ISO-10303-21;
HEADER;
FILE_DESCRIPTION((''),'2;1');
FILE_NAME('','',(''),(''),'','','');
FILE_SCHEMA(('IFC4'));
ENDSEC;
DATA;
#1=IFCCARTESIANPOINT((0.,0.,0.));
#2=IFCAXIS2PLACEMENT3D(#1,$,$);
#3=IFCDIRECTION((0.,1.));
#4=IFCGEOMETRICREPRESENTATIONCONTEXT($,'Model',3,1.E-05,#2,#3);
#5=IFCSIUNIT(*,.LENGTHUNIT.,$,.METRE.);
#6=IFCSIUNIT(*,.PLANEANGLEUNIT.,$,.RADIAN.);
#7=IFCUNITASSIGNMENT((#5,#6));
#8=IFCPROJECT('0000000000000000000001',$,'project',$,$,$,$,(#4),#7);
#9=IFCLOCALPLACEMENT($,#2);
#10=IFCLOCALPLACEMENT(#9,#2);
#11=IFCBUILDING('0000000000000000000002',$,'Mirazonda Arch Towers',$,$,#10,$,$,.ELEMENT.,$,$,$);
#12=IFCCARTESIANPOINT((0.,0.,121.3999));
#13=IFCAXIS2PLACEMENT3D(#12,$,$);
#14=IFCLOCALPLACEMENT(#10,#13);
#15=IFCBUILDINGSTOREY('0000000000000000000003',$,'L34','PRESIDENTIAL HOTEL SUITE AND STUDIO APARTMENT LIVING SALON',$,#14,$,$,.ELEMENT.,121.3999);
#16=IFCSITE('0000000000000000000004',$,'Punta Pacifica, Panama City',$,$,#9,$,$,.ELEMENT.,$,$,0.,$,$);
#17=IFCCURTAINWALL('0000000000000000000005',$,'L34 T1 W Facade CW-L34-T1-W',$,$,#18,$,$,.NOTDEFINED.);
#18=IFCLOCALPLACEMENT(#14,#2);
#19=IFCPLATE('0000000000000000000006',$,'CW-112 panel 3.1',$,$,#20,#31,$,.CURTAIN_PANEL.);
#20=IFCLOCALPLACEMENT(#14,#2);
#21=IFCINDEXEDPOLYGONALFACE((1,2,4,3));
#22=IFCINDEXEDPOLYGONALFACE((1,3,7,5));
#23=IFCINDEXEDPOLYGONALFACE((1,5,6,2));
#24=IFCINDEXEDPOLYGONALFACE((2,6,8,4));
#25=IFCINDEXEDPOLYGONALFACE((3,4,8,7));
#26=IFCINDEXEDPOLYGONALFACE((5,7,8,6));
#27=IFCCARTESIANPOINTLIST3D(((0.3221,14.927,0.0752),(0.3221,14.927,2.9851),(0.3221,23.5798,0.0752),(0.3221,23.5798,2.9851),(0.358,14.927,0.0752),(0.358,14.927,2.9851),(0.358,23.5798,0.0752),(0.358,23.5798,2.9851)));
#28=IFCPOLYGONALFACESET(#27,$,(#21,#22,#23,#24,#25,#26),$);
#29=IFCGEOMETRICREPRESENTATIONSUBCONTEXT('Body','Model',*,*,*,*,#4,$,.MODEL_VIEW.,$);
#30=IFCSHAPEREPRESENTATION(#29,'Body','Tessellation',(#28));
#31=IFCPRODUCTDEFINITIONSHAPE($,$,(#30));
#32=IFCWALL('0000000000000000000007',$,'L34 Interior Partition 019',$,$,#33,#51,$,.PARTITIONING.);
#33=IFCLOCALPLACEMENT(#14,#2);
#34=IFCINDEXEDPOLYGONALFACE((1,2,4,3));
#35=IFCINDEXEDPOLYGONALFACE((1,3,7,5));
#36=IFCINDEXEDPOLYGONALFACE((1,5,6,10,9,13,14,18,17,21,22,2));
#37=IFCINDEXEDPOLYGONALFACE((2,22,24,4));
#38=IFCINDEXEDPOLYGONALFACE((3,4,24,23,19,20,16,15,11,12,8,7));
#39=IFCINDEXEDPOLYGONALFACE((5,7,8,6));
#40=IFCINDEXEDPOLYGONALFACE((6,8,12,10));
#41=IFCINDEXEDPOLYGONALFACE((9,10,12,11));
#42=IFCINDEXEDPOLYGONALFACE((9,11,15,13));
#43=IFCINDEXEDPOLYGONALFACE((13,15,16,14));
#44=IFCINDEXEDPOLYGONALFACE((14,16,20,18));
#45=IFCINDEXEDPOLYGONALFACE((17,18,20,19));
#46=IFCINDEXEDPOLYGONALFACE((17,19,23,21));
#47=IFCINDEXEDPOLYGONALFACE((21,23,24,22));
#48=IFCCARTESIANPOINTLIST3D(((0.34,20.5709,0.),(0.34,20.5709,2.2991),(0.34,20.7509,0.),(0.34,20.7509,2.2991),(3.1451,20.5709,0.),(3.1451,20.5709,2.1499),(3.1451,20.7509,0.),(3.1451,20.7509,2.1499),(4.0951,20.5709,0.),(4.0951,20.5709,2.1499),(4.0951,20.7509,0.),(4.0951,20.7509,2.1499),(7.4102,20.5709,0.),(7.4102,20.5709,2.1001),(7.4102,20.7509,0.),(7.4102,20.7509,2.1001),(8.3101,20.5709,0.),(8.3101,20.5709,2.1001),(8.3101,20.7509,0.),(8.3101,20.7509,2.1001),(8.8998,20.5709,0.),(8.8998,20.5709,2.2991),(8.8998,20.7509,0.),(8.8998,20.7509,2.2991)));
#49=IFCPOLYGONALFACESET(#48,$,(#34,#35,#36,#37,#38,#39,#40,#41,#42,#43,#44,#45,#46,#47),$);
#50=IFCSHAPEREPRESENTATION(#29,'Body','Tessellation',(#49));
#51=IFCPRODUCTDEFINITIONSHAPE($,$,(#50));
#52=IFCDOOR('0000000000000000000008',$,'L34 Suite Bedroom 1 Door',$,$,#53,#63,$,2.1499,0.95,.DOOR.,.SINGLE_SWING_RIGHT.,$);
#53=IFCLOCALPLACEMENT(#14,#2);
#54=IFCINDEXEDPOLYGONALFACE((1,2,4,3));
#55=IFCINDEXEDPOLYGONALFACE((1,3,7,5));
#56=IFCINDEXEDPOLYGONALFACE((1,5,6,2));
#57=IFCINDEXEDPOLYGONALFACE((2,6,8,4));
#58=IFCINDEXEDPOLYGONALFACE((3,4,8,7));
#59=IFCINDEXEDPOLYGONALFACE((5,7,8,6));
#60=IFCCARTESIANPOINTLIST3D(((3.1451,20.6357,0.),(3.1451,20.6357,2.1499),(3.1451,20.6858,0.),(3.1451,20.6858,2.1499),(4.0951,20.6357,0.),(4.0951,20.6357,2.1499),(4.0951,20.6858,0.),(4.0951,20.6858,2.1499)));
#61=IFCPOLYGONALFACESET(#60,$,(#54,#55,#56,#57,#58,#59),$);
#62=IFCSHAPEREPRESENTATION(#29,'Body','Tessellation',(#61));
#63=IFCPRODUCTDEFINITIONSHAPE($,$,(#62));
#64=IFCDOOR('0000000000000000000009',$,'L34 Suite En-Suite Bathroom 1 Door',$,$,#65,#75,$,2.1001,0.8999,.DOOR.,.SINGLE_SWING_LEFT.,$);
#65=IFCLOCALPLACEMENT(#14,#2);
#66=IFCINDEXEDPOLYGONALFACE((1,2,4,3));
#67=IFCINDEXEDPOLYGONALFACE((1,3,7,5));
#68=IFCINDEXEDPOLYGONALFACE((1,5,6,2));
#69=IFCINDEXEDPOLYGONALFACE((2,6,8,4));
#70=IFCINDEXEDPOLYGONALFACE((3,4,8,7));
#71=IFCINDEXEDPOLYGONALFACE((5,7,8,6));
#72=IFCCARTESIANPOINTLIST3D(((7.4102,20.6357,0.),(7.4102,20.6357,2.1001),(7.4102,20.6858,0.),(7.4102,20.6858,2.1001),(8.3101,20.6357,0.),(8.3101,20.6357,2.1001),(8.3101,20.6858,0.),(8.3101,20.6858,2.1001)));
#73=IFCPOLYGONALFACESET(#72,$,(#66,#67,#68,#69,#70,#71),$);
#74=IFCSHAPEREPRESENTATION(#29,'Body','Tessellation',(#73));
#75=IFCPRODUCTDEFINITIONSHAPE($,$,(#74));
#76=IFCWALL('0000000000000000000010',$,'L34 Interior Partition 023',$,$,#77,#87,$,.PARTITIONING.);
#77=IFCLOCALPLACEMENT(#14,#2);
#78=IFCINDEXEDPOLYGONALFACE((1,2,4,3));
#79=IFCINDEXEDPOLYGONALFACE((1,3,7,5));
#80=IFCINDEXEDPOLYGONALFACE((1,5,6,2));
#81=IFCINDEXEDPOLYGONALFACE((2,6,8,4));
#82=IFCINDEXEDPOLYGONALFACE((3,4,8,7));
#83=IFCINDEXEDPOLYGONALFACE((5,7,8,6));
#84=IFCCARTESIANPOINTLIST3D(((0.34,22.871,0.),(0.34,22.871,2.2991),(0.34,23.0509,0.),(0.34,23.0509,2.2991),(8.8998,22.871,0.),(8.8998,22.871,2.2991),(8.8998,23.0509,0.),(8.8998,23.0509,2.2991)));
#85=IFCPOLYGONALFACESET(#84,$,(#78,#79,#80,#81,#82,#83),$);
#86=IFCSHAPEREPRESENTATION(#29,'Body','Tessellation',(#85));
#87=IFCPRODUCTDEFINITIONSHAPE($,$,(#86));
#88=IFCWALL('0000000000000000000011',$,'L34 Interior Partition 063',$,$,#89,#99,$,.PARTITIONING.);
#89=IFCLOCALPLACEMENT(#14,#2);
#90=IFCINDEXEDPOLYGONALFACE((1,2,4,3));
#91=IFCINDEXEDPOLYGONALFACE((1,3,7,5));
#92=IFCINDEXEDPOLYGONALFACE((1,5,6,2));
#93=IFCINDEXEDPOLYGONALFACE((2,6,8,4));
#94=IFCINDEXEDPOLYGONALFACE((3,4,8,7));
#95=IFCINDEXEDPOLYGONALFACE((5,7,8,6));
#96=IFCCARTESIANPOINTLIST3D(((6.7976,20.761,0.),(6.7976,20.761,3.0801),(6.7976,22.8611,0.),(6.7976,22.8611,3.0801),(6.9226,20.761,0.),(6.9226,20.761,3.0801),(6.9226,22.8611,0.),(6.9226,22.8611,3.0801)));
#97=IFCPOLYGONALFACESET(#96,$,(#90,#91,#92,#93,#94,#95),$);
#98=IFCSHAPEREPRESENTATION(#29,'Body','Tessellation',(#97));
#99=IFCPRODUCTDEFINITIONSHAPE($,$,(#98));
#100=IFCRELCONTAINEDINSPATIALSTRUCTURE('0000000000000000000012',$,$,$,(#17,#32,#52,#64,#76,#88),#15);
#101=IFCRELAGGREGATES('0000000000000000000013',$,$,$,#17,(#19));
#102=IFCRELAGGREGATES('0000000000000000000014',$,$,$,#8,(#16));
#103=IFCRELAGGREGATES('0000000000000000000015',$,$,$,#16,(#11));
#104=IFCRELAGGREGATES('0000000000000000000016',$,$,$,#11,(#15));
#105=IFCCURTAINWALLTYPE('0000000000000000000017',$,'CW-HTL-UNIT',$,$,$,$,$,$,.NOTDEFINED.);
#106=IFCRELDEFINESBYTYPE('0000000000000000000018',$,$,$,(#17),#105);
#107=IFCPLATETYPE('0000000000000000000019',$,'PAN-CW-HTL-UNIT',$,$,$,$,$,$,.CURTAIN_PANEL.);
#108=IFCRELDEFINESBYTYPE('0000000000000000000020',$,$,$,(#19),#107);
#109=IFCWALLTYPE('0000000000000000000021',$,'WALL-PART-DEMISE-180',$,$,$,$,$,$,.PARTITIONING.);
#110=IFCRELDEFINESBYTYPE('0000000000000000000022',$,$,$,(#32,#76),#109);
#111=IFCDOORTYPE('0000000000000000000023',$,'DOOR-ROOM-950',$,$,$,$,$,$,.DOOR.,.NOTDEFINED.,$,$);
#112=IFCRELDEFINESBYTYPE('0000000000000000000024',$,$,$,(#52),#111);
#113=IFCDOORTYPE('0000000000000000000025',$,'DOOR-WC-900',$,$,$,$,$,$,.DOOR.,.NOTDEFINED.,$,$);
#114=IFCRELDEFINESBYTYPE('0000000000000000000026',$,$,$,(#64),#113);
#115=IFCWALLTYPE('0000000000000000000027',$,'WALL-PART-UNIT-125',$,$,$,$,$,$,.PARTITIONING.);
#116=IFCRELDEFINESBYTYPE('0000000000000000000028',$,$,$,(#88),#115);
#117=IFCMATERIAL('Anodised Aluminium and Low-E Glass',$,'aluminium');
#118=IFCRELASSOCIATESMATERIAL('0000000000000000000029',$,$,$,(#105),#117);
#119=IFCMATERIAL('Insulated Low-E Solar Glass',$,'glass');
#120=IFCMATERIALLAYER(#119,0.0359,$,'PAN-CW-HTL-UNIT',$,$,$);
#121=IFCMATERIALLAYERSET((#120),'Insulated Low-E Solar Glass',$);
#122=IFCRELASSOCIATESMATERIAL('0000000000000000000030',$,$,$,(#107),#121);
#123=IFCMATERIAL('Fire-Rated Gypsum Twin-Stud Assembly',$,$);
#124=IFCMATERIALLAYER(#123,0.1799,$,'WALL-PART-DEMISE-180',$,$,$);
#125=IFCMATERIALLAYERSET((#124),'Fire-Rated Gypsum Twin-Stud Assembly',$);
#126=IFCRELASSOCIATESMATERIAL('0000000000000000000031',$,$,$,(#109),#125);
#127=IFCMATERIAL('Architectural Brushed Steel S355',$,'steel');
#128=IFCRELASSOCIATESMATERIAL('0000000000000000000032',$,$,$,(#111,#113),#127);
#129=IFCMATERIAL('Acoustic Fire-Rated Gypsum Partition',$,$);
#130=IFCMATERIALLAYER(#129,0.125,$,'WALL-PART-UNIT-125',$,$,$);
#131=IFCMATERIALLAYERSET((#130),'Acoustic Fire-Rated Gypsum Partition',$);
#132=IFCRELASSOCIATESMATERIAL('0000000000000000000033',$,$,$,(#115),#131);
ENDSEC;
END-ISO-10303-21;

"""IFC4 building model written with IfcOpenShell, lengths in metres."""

from ifc_helpers import new_model, si_unit, direction, frame, frame_2d, origin, origin_2d, place, context, subcontext, project, spatial, rectangle, extrude, material, layer, layer_set, type_object, element, fill, aggregate, save


model = new_model("IFC4")

# Units and contexts
model_context = context("Model", 3, precision=1e-05, world=origin(), true_north=direction((0.0, 1.0)))
body_context = subcontext(model_context, "Body", "Model", "MODEL_VIEW")
ifc_project = project(units=[si_unit("LENGTHUNIT", "METRE"), si_unit("PLANEANGLEUNIT", "RADIAN")], contexts=[model_context])

# Site, building, storey
site_placement = place(None, origin())
site = spatial("IfcSite", under=ifc_project, at=site_placement, Name="Punta Pacifica, Panama City", CompositionType="ELEMENT", RefElevation=0.0)
building_placement = place(site_placement, origin())
building = spatial("IfcBuilding", under=site, at=building_placement, Name="Mirazonda Arch Towers", CompositionType="ELEMENT")
storey_placement = place(building_placement, frame((0.0, 0.0, 121.3999)))
storey = spatial("IfcBuildingStorey", under=building, at=storey_placement, Name="L34", Description="PRESIDENTIAL HOTEL SUITE AND STUDIO APARTMENT LIVING SALON", CompositionType="ELEMENT", Elevation=121.3999)

# Curtain wall, plate
ifc_material_1 = material(Name="Anodised Aluminium and Low-E Glass", Category="aluminium")
curtain_wall_type = type_object("IfcCurtainWallType", Name="CW-HTL-UNIT", PredefinedType="NOTDEFINED", material=ifc_material_1)
curtain_wall_placement = place(storey_placement, origin())
curtain_wall = element("IfcCurtainWall", 1, at=curtain_wall_placement, inside=storey, type_object=curtain_wall_type, Name="L34 T1 W Facade CW-L34-T1-W", PredefinedType="NOTDEFINED")
ifc_material_2 = material(Name="Insulated Low-E Solar Glass", Category="glass")
ifc_layer_1 = layer(ifc_material_2, 0.0359, Name="PAN-CW-HTL-UNIT")
ifc_layer_set_1 = layer_set([ifc_layer_1], Name="Insulated Low-E Solar Glass")
plate_type = type_object("IfcPlateType", Name="PAN-CW-HTL-UNIT", PredefinedType="CURTAIN_PANEL", material=ifc_layer_set_1)
plate_placement = place(storey_placement, frame((0.3401, 19.2534, 0.0752), z_axis=(0.0, 0.0, 1.0), x_axis=(0.0, -1.0, 0.0)))
plate = element("IfcPlate", 2, at=plate_placement, type_object=plate_type, Name="CW-112 panel 3.1", PredefinedType="CURTAIN_PANEL", context=body_context, shape_type="SweptSolid", body=[
    extrude(rectangle(XDim=8.6528, YDim=0.0359, at=origin_2d()), origin(), (0.0, 0.0, 1.0), 2.9099),
])
aggregate(curtain_wall, [plate])

# Wall, openings, doors
ifc_material_3 = material(Name="Fire-Rated Gypsum Twin-Stud Assembly")
ifc_layer_2 = layer(ifc_material_3, 0.1799, Name="WALL-PART-DEMISE-180")
ifc_layer_set_2 = layer_set([ifc_layer_2], Name="Fire-Rated Gypsum Twin-Stud Assembly")
wall_type_1 = type_object("IfcWallType", Name="WALL-PART-DEMISE-180", PredefinedType="PARTITIONING", material=ifc_layer_set_2)
wall_1_placement = place(storey_placement, frame((0.3401, 20.6609, 0.0), z_axis=(0.0, 0.0, 1.0), x_axis=(1.0, 0.0, 0.0)))
wall_1 = element("IfcWall", 3, at=wall_1_placement, inside=storey, type_object=wall_type_1, Name="L34 Interior Partition 019", PredefinedType="PARTITIONING", context=body_context, shape_type="SweptSolid", body=[
    extrude(rectangle(XDim=8.5598, YDim=0.1799, at=frame_2d((4.2798, 0.0))), origin(), (0.0, 0.0, 1.0), 2.2991),
])
opening_1_placement = place(wall_1_placement, frame((2.8049, 0.0, 0.0)))
opening_1 = element("IfcOpeningElement", 4, at=opening_1_placement, cuts=wall_1, PredefinedType="OPENING", context=body_context, shape_type="SweptSolid", body=[
    extrude(rectangle(XDim=0.95, YDim=2.1499, at=frame_2d((0.4751, 1.075))), frame((0.0, 0.0999, 0.0), z_axis=(0.0, -1.0, 0.0), x_axis=(1.0, 0.0, 0.0)), (0.0, 0.0, 1.0), 0.2),
])
opening_2_placement = place(wall_1_placement, frame((7.0701, 0.0, 0.0)))
opening_2 = element("IfcOpeningElement", 5, at=opening_2_placement, cuts=wall_1, PredefinedType="OPENING", context=body_context, shape_type="SweptSolid", body=[
    extrude(rectangle(XDim=0.8999, YDim=2.1001, at=frame_2d((0.45, 1.05))), frame((0.0, 0.0999, 0.0), z_axis=(0.0, -1.0, 0.0), x_axis=(1.0, 0.0, 0.0)), (0.0, 0.0, 1.0), 0.2),
])
ifc_material_4 = material(Name="Architectural Brushed Steel S355", Category="steel")
door_type_1 = type_object("IfcDoorType", Name="DOOR-ROOM-950", OperationType="NOTDEFINED", PredefinedType="DOOR", material=ifc_material_4)
door_1_placement = place(opening_1_placement, origin())
door_1 = element("IfcDoor", 6, at=door_1_placement, inside=storey, type_object=door_type_1, Name="L34 Suite Bedroom 1 Door", OperationType="SINGLE_SWING_RIGHT", OverallHeight=2.1499, OverallWidth=0.95, PredefinedType="DOOR", context=body_context, shape_type="SweptSolid", body=[
    extrude(rectangle(XDim=0.95, YDim=2.1499, at=frame_2d((0.4751, 1.075))), frame((0.0, 0.0249, 0.0), z_axis=(0.0, -1.0, 0.0), x_axis=(1.0, 0.0, 0.0)), (0.0, 0.0, 1.0), 0.05),
])
fill(opening_1, door_1)
door_type_2 = type_object("IfcDoorType", Name="DOOR-WC-900", OperationType="NOTDEFINED", PredefinedType="DOOR", material=ifc_material_4)
door_2_placement = place(opening_2_placement, origin())
door_2 = element("IfcDoor", 7, at=door_2_placement, inside=storey, type_object=door_type_2, Name="L34 Suite En-Suite Bathroom 1 Door", OperationType="SINGLE_SWING_LEFT", OverallHeight=2.1001, OverallWidth=0.8999, PredefinedType="DOOR", context=body_context, shape_type="SweptSolid", body=[
    extrude(rectangle(XDim=0.8999, YDim=2.1001, at=frame_2d((0.45, 1.05))), frame((0.0, 0.0249, 0.0), z_axis=(0.0, -1.0, 0.0), x_axis=(1.0, 0.0, 0.0)), (0.0, 0.0, 1.0), 0.05),
])
fill(opening_2, door_2)

# Walls
wall_2_placement = place(storey_placement, frame((0.3401, 22.9609, 0.0), z_axis=(0.0, 0.0, 1.0), x_axis=(1.0, 0.0, 0.0)))
element("IfcWall", 8, at=wall_2_placement, inside=storey, type_object=wall_type_1, Name="L34 Interior Partition 023", PredefinedType="PARTITIONING", context=body_context, shape_type="SweptSolid", body=[
    extrude(rectangle(XDim=8.5598, YDim=0.1799, at=frame_2d((4.2798, 0.0))), origin(), (0.0, 0.0, 1.0), 2.2991),
])
ifc_material_5 = material(Name="Acoustic Fire-Rated Gypsum Partition")
ifc_layer_3 = layer(ifc_material_5, 0.125, Name="WALL-PART-UNIT-125")
ifc_layer_set_3 = layer_set([ifc_layer_3], Name="Acoustic Fire-Rated Gypsum Partition")
wall_type_2 = type_object("IfcWallType", Name="WALL-PART-UNIT-125", PredefinedType="PARTITIONING", material=ifc_layer_set_3)
wall_3_placement = place(storey_placement, frame((6.8601, 20.761, 0.0), z_axis=(0.0, 0.0, 1.0), x_axis=(0.0, 1.0, 0.0)))
element("IfcWall", 9, at=wall_3_placement, inside=storey, type_object=wall_type_2, Name="L34 Interior Partition 063", PredefinedType="PARTITIONING", context=body_context, shape_type="SweptSolid", body=[
    extrude(rectangle(XDim=2.1001, YDim=0.125, at=frame_2d((1.05, 0.0))), origin(), (0.0, 0.0, 1.0), 3.0801),
])

save(model, "model.ifc")
